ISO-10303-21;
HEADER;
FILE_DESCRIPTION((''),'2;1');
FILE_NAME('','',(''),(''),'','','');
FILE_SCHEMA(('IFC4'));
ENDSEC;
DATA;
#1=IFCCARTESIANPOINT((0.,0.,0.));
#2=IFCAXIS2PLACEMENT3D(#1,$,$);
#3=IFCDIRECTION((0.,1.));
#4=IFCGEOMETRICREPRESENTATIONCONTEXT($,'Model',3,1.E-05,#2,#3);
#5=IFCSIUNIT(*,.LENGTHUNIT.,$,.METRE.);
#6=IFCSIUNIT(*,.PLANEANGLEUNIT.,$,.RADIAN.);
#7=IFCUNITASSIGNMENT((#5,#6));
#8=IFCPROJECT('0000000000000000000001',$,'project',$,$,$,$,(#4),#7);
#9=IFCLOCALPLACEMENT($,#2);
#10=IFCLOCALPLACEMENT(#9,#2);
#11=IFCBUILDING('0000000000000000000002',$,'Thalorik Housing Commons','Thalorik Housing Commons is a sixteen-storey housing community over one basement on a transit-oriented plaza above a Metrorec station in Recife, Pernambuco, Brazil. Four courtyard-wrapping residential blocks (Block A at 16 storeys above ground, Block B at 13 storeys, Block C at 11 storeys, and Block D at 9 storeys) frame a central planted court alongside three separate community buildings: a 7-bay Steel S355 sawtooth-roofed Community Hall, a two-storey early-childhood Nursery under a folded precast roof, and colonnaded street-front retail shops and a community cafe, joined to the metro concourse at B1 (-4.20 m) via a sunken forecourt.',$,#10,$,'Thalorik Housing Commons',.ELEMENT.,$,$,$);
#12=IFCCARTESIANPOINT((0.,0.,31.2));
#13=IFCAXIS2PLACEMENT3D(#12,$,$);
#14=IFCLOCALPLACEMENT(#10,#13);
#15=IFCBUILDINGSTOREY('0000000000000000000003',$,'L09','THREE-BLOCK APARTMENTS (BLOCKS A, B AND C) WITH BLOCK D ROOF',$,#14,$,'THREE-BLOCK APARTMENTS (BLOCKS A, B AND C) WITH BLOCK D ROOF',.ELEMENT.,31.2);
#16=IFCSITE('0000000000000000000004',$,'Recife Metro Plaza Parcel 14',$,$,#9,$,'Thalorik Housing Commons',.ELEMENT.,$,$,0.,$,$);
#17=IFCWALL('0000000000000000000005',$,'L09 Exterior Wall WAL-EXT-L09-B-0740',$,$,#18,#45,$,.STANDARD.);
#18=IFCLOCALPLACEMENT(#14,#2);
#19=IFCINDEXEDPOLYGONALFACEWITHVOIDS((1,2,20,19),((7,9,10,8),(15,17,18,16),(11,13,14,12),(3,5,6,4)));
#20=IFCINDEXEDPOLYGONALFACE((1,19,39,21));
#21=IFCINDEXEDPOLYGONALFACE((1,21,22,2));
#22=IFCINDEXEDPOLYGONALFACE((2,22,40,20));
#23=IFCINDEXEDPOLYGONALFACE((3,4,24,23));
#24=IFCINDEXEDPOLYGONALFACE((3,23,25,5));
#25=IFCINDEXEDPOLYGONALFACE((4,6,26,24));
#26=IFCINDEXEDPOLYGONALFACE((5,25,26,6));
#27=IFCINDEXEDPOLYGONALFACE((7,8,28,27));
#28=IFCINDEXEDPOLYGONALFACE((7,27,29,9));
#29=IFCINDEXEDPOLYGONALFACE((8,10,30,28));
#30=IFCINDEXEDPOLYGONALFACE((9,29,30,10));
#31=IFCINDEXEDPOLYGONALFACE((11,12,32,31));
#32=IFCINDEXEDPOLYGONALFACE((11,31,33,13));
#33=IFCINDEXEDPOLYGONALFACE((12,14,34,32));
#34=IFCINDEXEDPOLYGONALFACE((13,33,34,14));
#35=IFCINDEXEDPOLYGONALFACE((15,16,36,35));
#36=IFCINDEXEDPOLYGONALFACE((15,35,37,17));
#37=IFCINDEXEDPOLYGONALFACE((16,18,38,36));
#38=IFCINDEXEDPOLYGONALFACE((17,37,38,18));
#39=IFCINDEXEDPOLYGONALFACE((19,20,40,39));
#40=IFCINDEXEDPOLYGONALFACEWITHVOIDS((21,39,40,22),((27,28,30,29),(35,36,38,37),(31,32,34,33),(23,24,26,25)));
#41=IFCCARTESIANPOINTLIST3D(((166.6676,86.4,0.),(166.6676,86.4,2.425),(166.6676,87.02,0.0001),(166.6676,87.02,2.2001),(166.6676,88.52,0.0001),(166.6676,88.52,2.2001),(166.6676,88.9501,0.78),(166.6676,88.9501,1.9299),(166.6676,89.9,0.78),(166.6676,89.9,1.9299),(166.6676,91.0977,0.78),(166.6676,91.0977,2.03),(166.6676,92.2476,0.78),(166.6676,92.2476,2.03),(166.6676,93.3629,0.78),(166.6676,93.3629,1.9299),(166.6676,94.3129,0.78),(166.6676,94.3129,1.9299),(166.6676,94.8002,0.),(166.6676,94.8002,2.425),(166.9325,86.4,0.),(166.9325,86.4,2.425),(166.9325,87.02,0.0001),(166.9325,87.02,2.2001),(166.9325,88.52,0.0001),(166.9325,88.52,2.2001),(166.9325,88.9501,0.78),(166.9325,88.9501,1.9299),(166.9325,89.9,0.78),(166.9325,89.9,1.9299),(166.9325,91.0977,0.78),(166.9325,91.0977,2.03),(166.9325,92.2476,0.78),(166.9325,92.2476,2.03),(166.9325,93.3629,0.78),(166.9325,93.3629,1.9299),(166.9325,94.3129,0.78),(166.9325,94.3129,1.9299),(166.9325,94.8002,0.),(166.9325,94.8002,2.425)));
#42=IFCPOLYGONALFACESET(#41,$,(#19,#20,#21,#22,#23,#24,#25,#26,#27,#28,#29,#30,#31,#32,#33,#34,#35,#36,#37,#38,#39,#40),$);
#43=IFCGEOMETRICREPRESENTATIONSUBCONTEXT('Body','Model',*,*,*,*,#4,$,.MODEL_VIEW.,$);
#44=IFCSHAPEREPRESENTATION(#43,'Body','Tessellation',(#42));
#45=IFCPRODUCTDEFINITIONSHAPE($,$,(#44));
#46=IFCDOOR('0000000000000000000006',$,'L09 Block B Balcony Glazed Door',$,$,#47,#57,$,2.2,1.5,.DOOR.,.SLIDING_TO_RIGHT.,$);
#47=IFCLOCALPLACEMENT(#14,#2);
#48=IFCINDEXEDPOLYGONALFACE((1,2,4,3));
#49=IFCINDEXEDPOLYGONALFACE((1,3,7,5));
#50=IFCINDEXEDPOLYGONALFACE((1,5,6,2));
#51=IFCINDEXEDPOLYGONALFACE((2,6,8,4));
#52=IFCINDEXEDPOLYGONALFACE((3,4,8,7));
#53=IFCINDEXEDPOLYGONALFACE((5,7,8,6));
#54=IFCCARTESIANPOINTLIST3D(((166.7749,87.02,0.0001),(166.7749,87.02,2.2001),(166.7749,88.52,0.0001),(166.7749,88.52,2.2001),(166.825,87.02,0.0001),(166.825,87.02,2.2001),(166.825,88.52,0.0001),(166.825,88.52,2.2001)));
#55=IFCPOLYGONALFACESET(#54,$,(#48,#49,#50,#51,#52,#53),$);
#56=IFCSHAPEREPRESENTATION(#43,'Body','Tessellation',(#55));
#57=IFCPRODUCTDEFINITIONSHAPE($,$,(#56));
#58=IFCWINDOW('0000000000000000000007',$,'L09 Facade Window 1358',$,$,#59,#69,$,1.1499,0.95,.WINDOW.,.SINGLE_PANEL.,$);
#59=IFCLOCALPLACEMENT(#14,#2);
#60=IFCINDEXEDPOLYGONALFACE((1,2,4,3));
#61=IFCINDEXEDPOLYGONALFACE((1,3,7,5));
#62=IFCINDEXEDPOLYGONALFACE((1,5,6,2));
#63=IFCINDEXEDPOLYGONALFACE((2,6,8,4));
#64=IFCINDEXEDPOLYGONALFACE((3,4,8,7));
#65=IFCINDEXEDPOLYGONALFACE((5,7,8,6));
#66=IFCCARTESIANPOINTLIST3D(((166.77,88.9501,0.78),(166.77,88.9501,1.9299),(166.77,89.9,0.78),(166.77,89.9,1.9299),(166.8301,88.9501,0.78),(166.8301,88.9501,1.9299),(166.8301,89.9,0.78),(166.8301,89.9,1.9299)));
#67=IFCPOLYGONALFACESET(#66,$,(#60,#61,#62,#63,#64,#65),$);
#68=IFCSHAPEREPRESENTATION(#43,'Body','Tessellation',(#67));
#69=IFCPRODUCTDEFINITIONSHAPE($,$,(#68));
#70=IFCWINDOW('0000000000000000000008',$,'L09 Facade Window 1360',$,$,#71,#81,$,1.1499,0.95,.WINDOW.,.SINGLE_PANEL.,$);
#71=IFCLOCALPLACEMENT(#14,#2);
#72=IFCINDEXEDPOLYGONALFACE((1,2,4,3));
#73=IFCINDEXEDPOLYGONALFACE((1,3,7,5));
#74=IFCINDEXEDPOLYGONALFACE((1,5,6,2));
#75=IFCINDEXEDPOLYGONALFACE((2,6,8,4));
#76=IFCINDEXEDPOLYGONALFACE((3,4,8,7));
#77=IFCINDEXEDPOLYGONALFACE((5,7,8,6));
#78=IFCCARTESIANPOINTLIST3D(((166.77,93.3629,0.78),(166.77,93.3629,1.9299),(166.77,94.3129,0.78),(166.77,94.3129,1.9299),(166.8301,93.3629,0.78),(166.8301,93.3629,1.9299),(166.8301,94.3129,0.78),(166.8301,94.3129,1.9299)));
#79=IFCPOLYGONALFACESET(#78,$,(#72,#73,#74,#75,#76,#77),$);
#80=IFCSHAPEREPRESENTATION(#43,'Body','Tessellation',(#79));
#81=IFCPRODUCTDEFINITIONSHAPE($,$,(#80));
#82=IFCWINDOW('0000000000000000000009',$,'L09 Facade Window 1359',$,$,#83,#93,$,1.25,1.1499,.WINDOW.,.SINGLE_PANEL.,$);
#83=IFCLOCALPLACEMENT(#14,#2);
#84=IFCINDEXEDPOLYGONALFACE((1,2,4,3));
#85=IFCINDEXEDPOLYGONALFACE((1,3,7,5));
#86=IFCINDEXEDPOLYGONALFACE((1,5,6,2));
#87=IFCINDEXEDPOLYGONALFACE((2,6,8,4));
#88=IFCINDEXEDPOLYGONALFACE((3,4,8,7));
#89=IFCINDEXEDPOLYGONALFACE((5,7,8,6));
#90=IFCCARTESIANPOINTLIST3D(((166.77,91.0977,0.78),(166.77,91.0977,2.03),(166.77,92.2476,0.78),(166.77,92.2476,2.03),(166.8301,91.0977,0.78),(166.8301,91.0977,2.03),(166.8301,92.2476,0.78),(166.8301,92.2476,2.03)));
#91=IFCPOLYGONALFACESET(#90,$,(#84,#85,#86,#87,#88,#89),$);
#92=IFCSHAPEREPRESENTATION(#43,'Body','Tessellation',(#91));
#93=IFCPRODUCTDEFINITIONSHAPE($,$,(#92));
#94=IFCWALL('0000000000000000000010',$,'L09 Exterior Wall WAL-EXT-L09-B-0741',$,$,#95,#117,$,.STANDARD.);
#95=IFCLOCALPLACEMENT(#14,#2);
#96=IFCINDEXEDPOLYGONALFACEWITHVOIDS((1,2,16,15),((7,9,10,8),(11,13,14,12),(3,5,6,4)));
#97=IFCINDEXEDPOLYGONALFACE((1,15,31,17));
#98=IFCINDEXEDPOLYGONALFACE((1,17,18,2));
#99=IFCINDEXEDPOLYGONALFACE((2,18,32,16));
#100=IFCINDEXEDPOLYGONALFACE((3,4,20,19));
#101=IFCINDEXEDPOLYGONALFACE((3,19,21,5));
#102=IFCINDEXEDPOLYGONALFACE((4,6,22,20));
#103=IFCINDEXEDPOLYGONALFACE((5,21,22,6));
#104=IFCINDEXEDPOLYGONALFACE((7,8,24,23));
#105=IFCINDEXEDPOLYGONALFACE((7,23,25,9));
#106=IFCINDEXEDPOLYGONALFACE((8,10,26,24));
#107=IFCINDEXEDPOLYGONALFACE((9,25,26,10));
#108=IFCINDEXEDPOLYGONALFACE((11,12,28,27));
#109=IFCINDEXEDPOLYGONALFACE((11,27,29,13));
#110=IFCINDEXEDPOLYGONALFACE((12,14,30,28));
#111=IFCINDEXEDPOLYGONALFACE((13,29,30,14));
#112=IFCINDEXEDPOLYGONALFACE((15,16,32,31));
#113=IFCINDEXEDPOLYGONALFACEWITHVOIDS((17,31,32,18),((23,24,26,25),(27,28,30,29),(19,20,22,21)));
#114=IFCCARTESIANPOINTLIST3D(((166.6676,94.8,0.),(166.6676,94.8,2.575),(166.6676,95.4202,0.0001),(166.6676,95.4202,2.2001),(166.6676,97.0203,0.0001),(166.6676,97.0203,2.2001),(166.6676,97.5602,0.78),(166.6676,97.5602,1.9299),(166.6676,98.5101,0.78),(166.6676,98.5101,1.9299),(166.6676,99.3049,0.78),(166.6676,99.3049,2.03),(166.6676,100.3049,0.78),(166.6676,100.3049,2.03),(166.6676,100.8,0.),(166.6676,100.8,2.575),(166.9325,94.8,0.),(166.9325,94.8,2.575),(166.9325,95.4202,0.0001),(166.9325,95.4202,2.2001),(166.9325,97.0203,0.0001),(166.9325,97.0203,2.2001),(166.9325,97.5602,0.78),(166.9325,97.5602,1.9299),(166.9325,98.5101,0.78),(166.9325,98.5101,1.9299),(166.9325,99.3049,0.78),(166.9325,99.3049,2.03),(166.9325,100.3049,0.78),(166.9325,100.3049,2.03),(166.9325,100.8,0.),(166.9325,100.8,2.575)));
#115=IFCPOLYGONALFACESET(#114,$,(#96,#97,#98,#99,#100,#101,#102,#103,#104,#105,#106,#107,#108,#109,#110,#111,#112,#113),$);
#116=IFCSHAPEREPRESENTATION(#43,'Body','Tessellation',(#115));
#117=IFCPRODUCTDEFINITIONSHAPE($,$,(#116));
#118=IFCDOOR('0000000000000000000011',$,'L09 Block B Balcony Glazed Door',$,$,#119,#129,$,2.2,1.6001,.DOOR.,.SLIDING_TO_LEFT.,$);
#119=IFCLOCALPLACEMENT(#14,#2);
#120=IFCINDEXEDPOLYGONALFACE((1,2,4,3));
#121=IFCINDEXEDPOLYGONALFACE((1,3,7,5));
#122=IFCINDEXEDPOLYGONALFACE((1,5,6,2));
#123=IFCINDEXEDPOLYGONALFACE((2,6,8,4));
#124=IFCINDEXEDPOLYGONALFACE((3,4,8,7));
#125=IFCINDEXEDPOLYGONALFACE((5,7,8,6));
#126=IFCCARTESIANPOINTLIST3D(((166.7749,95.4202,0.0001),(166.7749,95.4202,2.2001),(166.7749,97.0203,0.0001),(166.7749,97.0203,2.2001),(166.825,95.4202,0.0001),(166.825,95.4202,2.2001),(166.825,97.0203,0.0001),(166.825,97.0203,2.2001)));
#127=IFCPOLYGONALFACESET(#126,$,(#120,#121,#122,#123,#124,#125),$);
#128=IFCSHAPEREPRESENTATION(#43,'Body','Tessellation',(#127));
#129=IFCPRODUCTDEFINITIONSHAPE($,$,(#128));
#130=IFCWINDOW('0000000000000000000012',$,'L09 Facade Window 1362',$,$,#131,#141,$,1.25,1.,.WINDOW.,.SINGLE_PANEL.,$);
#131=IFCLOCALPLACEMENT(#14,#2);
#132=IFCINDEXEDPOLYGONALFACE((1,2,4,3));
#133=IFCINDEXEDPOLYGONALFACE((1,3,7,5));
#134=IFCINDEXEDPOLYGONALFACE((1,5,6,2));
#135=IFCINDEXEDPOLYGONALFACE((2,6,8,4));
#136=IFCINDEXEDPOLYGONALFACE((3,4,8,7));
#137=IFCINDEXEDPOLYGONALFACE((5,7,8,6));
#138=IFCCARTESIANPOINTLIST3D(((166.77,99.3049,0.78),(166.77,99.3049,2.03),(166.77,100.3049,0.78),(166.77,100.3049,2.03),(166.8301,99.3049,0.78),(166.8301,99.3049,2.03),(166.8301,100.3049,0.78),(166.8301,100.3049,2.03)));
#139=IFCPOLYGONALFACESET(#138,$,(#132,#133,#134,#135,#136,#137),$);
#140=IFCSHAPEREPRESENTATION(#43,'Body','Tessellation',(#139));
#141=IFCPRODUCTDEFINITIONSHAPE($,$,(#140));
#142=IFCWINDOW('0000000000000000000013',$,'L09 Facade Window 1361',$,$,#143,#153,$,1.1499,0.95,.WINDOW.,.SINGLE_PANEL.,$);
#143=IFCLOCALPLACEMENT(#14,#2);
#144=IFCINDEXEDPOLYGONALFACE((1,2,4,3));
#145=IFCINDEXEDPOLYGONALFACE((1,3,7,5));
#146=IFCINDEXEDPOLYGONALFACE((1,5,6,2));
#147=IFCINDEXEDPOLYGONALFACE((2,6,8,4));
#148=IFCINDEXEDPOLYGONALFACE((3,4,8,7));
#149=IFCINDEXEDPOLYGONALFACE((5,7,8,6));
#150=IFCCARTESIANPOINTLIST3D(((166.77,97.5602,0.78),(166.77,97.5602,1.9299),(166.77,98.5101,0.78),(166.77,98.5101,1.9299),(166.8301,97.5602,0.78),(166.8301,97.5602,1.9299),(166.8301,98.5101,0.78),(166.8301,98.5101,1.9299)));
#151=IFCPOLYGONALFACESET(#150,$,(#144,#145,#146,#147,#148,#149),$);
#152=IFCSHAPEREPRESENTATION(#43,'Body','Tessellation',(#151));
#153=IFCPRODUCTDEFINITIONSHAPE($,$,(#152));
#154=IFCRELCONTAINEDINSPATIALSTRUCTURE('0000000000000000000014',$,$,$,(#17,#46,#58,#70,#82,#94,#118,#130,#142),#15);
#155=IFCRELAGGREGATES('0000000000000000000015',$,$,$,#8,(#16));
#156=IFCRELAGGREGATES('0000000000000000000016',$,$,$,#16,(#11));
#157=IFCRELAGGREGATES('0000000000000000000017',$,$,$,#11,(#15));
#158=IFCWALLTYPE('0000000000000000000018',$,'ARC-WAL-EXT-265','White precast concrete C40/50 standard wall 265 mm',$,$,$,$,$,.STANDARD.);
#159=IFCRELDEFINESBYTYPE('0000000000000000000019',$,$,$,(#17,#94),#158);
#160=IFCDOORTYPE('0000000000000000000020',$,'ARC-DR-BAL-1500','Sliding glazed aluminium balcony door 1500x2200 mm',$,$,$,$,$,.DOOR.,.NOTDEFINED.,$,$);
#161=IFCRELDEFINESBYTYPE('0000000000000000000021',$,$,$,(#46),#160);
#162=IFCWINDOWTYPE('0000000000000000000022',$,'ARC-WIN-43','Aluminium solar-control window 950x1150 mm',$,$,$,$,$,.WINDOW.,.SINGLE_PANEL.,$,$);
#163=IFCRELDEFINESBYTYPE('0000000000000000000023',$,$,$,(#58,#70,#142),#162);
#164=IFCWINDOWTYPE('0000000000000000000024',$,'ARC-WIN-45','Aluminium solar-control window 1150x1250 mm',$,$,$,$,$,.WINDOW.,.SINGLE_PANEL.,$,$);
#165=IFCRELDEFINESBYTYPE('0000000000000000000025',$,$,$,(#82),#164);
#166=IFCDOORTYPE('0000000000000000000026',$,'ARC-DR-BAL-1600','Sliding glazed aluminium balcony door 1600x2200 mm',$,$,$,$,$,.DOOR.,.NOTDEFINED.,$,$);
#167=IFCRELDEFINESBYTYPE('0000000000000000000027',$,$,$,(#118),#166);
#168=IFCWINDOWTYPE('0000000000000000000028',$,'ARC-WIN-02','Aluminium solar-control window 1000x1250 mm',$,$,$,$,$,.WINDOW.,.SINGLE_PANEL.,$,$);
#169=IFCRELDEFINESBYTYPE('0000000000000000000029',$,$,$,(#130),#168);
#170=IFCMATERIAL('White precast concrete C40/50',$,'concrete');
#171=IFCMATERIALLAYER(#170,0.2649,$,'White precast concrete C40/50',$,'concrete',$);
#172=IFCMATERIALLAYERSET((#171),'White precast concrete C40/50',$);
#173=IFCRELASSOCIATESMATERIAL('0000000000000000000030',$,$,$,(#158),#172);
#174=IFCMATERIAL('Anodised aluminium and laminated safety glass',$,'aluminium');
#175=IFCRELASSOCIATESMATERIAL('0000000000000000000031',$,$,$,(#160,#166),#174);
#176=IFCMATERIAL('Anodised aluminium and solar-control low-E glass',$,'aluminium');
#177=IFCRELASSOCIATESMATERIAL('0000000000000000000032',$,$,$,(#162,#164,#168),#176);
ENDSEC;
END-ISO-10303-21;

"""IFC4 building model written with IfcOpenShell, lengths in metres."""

from ifc_helpers import new_model, si_unit, direction, frame, frame_2d, origin, place, context, subcontext, project, spatial, rectangle, extrude, material, layer, layer_set, type_object, element, fill, save


model = new_model("IFC4")

# Units and contexts
model_context = context("Model", 3, precision=1e-05, world=origin(), true_north=direction((0.0, 1.0)))
body_context = subcontext(model_context, "Body", "Model", "MODEL_VIEW")
ifc_project = project(units=[si_unit("LENGTHUNIT", "METRE"), si_unit("PLANEANGLEUNIT", "RADIAN")], contexts=[model_context])

# Site, building, storey
site_placement = place(None, origin())
site = spatial("IfcSite", under=ifc_project, at=site_placement, Name="Recife Metro Plaza Parcel 14", LongName="Thalorik Housing Commons", CompositionType="ELEMENT", RefElevation=0.0)
building_placement = place(site_placement, origin())
building = spatial("IfcBuilding", under=site, at=building_placement, Name="Thalorik Housing Commons", Description="Thalorik Housing Commons is a sixteen-storey housing community over one basement on a transit-oriented plaza above a Metrorec station in Recife, Pernambuco, Brazil. Four courtyard-wrapping residential blocks (Block A at 16 storeys above ground, Block B at 13 storeys, Block C at 11 storeys, and Block D at 9 storeys) frame a central planted court alongside three separate community buildings: a 7-bay Steel S355 sawtooth-roofed Community Hall, a two-storey early-childhood Nursery under a folded precast roof, and colonnaded street-front retail shops and a community cafe, joined to the metro concourse at B1 (-4.20 m) via a sunken forecourt.", LongName="Thalorik Housing Commons", CompositionType="ELEMENT")
storey_placement = place(building_placement, frame((0.0, 0.0, 31.2)))
storey = spatial("IfcBuildingStorey", under=building, at=storey_placement, Name="L09", Description="THREE-BLOCK APARTMENTS (BLOCKS A, B AND C) WITH BLOCK D ROOF", LongName="THREE-BLOCK APARTMENTS (BLOCKS A, B AND C) WITH BLOCK D ROOF", CompositionType="ELEMENT", Elevation=31.2)

# Walls, openings, doors, windows
ifc_material_1 = material(Name="White precast concrete C40/50", Category="concrete")
ifc_layer_1 = layer(ifc_material_1, 0.2649, Name="White precast concrete C40/50", Category="concrete")
ifc_layer_set_1 = layer_set([ifc_layer_1], Name="White precast concrete C40/50")
wall_type_1 = type_object("IfcWallType", Name="ARC-WAL-EXT-265", Description="White precast concrete C40/50 standard wall 265 mm", PredefinedType="STANDARD", material=ifc_layer_set_1)
wall_1_placement = place(storey_placement, frame((166.8, 86.3999, 0.0), z_axis=(0.0, 0.0, 1.0), x_axis=(0.0, 1.0, 0.0)))
wall_1 = element("IfcWall", 1, at=wall_1_placement, inside=storey, type_object=wall_type_1, Name="L09 Exterior Wall WAL-EXT-L09-B-0740", PredefinedType="STANDARD", context=body_context, shape_type="SweptSolid", body=[
    extrude(rectangle(XDim=8.4001, YDim=0.2649, at=frame_2d((4.2002, 0.0))), origin(), (0.0, 0.0, 1.0), 2.425),
])
opening_1_placement = place(wall_1_placement, frame((0.6201, 0.0, 0.0)))
opening_1 = element("IfcOpeningElement", 2, at=opening_1_placement, cuts=wall_1, PredefinedType="OPENING", context=body_context, shape_type="SweptSolid", body=[
    extrude(rectangle(XDim=1.5, YDim=2.2, at=frame_2d((0.75, 1.1001))), frame((0.0, 0.1426, 0.0), z_axis=(0.0, -1.0, 0.0), x_axis=(1.0, 0.0, 0.0)), (0.0, 0.0, 1.0), 0.2849),
])
opening_2_placement = place(wall_1_placement, frame((2.55, 0.0, 0.78)))
opening_2 = element("IfcOpeningElement", 3, at=opening_2_placement, cuts=wall_1, PredefinedType="OPENING", context=body_context, shape_type="SweptSolid", body=[
    extrude(rectangle(XDim=0.95, YDim=1.1499, at=frame_2d((0.4751, 0.575))), frame((0.0, 0.1426, 0.0), z_axis=(0.0, -1.0, 0.0), x_axis=(1.0, 0.0, 0.0)), (0.0, 0.0, 1.0), 0.2849),
])
opening_3_placement = place(wall_1_placement, frame((4.6978, 0.0, 0.78)))
opening_3 = element("IfcOpeningElement", 4, at=opening_3_placement, cuts=wall_1, PredefinedType="OPENING", context=body_context, shape_type="SweptSolid", body=[
    extrude(rectangle(XDim=1.1499, YDim=1.25, at=frame_2d((0.575, 0.625))), frame((0.0, 0.1426, 0.0), z_axis=(0.0, -1.0, 0.0), x_axis=(1.0, 0.0, 0.0)), (0.0, 0.0, 1.0), 0.2849),
])
opening_4_placement = place(wall_1_placement, frame((6.9629, 0.0, 0.78)))
opening_4 = element("IfcOpeningElement", 5, at=opening_4_placement, cuts=wall_1, PredefinedType="OPENING", context=body_context, shape_type="SweptSolid", body=[
    extrude(rectangle(XDim=0.95, YDim=1.1499, at=frame_2d((0.4751, 0.575))), frame((0.0, 0.1426, 0.0), z_axis=(0.0, -1.0, 0.0), x_axis=(1.0, 0.0, 0.0)), (0.0, 0.0, 1.0), 0.2849),
])
ifc_material_2 = material(Name="Anodised aluminium and laminated safety glass", Category="aluminium")
door_type_1 = type_object("IfcDoorType", Name="ARC-DR-BAL-1500", Description="Sliding glazed aluminium balcony door 1500x2200 mm", OperationType="NOTDEFINED", PredefinedType="DOOR", material=ifc_material_2)
door_1_placement = place(opening_1_placement, frame((1.5, 0.0, 0.0), z_axis=(0.0, 0.0, 1.0), x_axis=(-1.0, 0.0, 0.0)))
door_1 = element("IfcDoor", 6, at=door_1_placement, inside=storey, type_object=door_type_1, Name="L09 Block B Balcony Glazed Door", OperationType="SLIDING_TO_RIGHT", OverallHeight=2.2, OverallWidth=1.5, PredefinedType="DOOR", context=body_context, shape_type="SweptSolid", body=[
    extrude(rectangle(XDim=1.5, YDim=2.2, at=frame_2d((0.75, 1.1001))), frame((0.0, 0.0249, 0.0), z_axis=(0.0, -1.0, 0.0), x_axis=(1.0, 0.0, 0.0)), (0.0, 0.0, 1.0), 0.05),
])
fill(opening_1, door_1)
ifc_material_3 = material(Name="Anodised aluminium and solar-control low-E glass", Category="aluminium")
window_type_1 = type_object("IfcWindowType", Name="ARC-WIN-43", Description="Aluminium solar-control window 950x1150 mm", PartitioningType="SINGLE_PANEL", PredefinedType="WINDOW", material=ifc_material_3)
window_1_placement = place(opening_2_placement, origin())
window_1 = element("IfcWindow", 7, at=window_1_placement, inside=storey, type_object=window_type_1, Name="L09 Facade Window 1358", OverallHeight=1.1499, OverallWidth=0.95, PartitioningType="SINGLE_PANEL", PredefinedType="WINDOW", context=body_context, shape_type="SweptSolid", body=[
    extrude(rectangle(XDim=0.95, YDim=1.1499, at=frame_2d((0.4751, 0.575))), frame((0.0, 0.03, 0.0), z_axis=(0.0, -1.0, 0.0), x_axis=(1.0, 0.0, 0.0)), (0.0, 0.0, 1.0), 0.0601),
])
fill(opening_2, window_1)
window_2_placement = place(opening_4_placement, origin())
window_2 = element("IfcWindow", 8, at=window_2_placement, inside=storey, type_object=window_type_1, Name="L09 Facade Window 1360", OverallHeight=1.1499, OverallWidth=0.95, PartitioningType="SINGLE_PANEL", PredefinedType="WINDOW", context=body_context, shape_type="SweptSolid", body=[
    extrude(rectangle(XDim=0.95, YDim=1.1499, at=frame_2d((0.4751, 0.575))), frame((0.0, 0.03, 0.0), z_axis=(0.0, -1.0, 0.0), x_axis=(1.0, 0.0, 0.0)), (0.0, 0.0, 1.0), 0.0601),
])
fill(opening_4, window_2)
window_type_2 = type_object("IfcWindowType", Name="ARC-WIN-45", Description="Aluminium solar-control window 1150x1250 mm", PartitioningType="SINGLE_PANEL", PredefinedType="WINDOW", material=ifc_material_3)
window_3_placement = place(opening_3_placement, origin())
window_3 = element("IfcWindow", 9, at=window_3_placement, inside=storey, type_object=window_type_2, Name="L09 Facade Window 1359", OverallHeight=1.25, OverallWidth=1.1499, PartitioningType="SINGLE_PANEL", PredefinedType="WINDOW", context=body_context, shape_type="SweptSolid", body=[
    extrude(rectangle(XDim=1.1499, YDim=1.25, at=frame_2d((0.575, 0.625))), frame((0.0, 0.03, 0.0), z_axis=(0.0, -1.0, 0.0), x_axis=(1.0, 0.0, 0.0)), (0.0, 0.0, 1.0), 0.0601),
])
fill(opening_3, window_3)
wall_2_placement = place(storey_placement, frame((166.8, 94.8, 0.0), z_axis=(0.0, 0.0, 1.0), x_axis=(0.0, 1.0, 0.0)))
wall_2 = element("IfcWall", 10, at=wall_2_placement, inside=storey, type_object=wall_type_1, Name="L09 Exterior Wall WAL-EXT-L09-B-0741", PredefinedType="STANDARD", context=body_context, shape_type="SweptSolid", body=[
    extrude(rectangle(XDim=6.0, YDim=0.2649, at=frame_2d((3.0, 0.0))), origin(), (0.0, 0.0, 1.0), 2.575),
])
opening_5_placement = place(wall_2_placement, frame((0.6201, 0.0, 0.0)))
opening_5 = element("IfcOpeningElement", 11, at=opening_5_placement, cuts=wall_2, PredefinedType="OPENING", context=body_context, shape_type="SweptSolid", body=[
    extrude(rectangle(XDim=1.6001, YDim=2.2, at=frame_2d((0.8, 1.1001))), frame((0.0, 0.1426, 0.0), z_axis=(0.0, -1.0, 0.0), x_axis=(1.0, 0.0, 0.0)), (0.0, 0.0, 1.0), 0.2849),
])
opening_6_placement = place(wall_2_placement, frame((2.76, 0.0, 0.78)))
opening_6 = element("IfcOpeningElement", 12, at=opening_6_placement, cuts=wall_2, PredefinedType="OPENING", context=body_context, shape_type="SweptSolid", body=[
    extrude(rectangle(XDim=0.95, YDim=1.1499, at=frame_2d((0.4751, 0.575))), frame((0.0, 0.1426, 0.0), z_axis=(0.0, -1.0, 0.0), x_axis=(1.0, 0.0, 0.0)), (0.0, 0.0, 1.0), 0.2849),
])
opening_7_placement = place(wall_2_placement, frame((4.5049, 0.0, 0.78)))
opening_7 = element("IfcOpeningElement", 13, at=opening_7_placement, cuts=wall_2, PredefinedType="OPENING", context=body_context, shape_type="SweptSolid", body=[
    extrude(rectangle(XDim=1.0, YDim=1.25, at=frame_2d((0.5, 0.625))), frame((0.0, 0.1426, 0.0), z_axis=(0.0, -1.0, 0.0), x_axis=(1.0, 0.0, 0.0)), (0.0, 0.0, 1.0), 0.2849),
])
door_type_2 = type_object("IfcDoorType", Name="ARC-DR-BAL-1600", Description="Sliding glazed aluminium balcony door 1600x2200 mm", OperationType="NOTDEFINED", PredefinedType="DOOR", material=ifc_material_2)
door_2_placement = place(opening_5_placement, frame((1.6001, 0.0, 0.0), z_axis=(0.0, 0.0, 1.0), x_axis=(-1.0, 0.0, 0.0)))
door_2 = element("IfcDoor", 14, at=door_2_placement, inside=storey, type_object=door_type_2, Name="L09 Block B Balcony Glazed Door", OperationType="SLIDING_TO_LEFT", OverallHeight=2.2, OverallWidth=1.6001, PredefinedType="DOOR", context=body_context, shape_type="SweptSolid", body=[
    extrude(rectangle(XDim=1.6001, YDim=2.2, at=frame_2d((0.8, 1.1001))), frame((0.0, 0.0249, 0.0), z_axis=(0.0, -1.0, 0.0), x_axis=(1.0, 0.0, 0.0)), (0.0, 0.0, 1.0), 0.05),
])
fill(opening_5, door_2)
window_type_3 = type_object("IfcWindowType", Name="ARC-WIN-02", Description="Aluminium solar-control window 1000x1250 mm", PartitioningType="SINGLE_PANEL", PredefinedType="WINDOW", material=ifc_material_3)
window_4_placement = place(opening_7_placement, origin())
window_4 = element("IfcWindow", 15, at=window_4_placement, inside=storey, type_object=window_type_3, Name="L09 Facade Window 1362", OverallHeight=1.25, OverallWidth=1.0, PartitioningType="SINGLE_PANEL", PredefinedType="WINDOW", context=body_context, shape_type="SweptSolid", body=[
    extrude(rectangle(XDim=1.0, YDim=1.25, at=frame_2d((0.5, 0.625))), frame((0.0, 0.03, 0.0), z_axis=(0.0, -1.0, 0.0), x_axis=(1.0, 0.0, 0.0)), (0.0, 0.0, 1.0), 0.0601),
])
fill(opening_7, window_4)
window_5_placement = place(opening_6_placement, origin())
window_5 = element("IfcWindow", 16, at=window_5_placement, inside=storey, type_object=window_type_1, Name="L09 Facade Window 1361", OverallHeight=1.1499, OverallWidth=0.95, PartitioningType="SINGLE_PANEL", PredefinedType="WINDOW", context=body_context, shape_type="SweptSolid", body=[
    extrude(rectangle(XDim=0.95, YDim=1.1499, at=frame_2d((0.4751, 0.575))), frame((0.0, 0.03, 0.0), z_axis=(0.0, -1.0, 0.0), x_axis=(1.0, 0.0, 0.0)), (0.0, 0.0, 1.0), 0.0601),
])
fill(opening_6, window_5)

save(model, "model.ifc")
